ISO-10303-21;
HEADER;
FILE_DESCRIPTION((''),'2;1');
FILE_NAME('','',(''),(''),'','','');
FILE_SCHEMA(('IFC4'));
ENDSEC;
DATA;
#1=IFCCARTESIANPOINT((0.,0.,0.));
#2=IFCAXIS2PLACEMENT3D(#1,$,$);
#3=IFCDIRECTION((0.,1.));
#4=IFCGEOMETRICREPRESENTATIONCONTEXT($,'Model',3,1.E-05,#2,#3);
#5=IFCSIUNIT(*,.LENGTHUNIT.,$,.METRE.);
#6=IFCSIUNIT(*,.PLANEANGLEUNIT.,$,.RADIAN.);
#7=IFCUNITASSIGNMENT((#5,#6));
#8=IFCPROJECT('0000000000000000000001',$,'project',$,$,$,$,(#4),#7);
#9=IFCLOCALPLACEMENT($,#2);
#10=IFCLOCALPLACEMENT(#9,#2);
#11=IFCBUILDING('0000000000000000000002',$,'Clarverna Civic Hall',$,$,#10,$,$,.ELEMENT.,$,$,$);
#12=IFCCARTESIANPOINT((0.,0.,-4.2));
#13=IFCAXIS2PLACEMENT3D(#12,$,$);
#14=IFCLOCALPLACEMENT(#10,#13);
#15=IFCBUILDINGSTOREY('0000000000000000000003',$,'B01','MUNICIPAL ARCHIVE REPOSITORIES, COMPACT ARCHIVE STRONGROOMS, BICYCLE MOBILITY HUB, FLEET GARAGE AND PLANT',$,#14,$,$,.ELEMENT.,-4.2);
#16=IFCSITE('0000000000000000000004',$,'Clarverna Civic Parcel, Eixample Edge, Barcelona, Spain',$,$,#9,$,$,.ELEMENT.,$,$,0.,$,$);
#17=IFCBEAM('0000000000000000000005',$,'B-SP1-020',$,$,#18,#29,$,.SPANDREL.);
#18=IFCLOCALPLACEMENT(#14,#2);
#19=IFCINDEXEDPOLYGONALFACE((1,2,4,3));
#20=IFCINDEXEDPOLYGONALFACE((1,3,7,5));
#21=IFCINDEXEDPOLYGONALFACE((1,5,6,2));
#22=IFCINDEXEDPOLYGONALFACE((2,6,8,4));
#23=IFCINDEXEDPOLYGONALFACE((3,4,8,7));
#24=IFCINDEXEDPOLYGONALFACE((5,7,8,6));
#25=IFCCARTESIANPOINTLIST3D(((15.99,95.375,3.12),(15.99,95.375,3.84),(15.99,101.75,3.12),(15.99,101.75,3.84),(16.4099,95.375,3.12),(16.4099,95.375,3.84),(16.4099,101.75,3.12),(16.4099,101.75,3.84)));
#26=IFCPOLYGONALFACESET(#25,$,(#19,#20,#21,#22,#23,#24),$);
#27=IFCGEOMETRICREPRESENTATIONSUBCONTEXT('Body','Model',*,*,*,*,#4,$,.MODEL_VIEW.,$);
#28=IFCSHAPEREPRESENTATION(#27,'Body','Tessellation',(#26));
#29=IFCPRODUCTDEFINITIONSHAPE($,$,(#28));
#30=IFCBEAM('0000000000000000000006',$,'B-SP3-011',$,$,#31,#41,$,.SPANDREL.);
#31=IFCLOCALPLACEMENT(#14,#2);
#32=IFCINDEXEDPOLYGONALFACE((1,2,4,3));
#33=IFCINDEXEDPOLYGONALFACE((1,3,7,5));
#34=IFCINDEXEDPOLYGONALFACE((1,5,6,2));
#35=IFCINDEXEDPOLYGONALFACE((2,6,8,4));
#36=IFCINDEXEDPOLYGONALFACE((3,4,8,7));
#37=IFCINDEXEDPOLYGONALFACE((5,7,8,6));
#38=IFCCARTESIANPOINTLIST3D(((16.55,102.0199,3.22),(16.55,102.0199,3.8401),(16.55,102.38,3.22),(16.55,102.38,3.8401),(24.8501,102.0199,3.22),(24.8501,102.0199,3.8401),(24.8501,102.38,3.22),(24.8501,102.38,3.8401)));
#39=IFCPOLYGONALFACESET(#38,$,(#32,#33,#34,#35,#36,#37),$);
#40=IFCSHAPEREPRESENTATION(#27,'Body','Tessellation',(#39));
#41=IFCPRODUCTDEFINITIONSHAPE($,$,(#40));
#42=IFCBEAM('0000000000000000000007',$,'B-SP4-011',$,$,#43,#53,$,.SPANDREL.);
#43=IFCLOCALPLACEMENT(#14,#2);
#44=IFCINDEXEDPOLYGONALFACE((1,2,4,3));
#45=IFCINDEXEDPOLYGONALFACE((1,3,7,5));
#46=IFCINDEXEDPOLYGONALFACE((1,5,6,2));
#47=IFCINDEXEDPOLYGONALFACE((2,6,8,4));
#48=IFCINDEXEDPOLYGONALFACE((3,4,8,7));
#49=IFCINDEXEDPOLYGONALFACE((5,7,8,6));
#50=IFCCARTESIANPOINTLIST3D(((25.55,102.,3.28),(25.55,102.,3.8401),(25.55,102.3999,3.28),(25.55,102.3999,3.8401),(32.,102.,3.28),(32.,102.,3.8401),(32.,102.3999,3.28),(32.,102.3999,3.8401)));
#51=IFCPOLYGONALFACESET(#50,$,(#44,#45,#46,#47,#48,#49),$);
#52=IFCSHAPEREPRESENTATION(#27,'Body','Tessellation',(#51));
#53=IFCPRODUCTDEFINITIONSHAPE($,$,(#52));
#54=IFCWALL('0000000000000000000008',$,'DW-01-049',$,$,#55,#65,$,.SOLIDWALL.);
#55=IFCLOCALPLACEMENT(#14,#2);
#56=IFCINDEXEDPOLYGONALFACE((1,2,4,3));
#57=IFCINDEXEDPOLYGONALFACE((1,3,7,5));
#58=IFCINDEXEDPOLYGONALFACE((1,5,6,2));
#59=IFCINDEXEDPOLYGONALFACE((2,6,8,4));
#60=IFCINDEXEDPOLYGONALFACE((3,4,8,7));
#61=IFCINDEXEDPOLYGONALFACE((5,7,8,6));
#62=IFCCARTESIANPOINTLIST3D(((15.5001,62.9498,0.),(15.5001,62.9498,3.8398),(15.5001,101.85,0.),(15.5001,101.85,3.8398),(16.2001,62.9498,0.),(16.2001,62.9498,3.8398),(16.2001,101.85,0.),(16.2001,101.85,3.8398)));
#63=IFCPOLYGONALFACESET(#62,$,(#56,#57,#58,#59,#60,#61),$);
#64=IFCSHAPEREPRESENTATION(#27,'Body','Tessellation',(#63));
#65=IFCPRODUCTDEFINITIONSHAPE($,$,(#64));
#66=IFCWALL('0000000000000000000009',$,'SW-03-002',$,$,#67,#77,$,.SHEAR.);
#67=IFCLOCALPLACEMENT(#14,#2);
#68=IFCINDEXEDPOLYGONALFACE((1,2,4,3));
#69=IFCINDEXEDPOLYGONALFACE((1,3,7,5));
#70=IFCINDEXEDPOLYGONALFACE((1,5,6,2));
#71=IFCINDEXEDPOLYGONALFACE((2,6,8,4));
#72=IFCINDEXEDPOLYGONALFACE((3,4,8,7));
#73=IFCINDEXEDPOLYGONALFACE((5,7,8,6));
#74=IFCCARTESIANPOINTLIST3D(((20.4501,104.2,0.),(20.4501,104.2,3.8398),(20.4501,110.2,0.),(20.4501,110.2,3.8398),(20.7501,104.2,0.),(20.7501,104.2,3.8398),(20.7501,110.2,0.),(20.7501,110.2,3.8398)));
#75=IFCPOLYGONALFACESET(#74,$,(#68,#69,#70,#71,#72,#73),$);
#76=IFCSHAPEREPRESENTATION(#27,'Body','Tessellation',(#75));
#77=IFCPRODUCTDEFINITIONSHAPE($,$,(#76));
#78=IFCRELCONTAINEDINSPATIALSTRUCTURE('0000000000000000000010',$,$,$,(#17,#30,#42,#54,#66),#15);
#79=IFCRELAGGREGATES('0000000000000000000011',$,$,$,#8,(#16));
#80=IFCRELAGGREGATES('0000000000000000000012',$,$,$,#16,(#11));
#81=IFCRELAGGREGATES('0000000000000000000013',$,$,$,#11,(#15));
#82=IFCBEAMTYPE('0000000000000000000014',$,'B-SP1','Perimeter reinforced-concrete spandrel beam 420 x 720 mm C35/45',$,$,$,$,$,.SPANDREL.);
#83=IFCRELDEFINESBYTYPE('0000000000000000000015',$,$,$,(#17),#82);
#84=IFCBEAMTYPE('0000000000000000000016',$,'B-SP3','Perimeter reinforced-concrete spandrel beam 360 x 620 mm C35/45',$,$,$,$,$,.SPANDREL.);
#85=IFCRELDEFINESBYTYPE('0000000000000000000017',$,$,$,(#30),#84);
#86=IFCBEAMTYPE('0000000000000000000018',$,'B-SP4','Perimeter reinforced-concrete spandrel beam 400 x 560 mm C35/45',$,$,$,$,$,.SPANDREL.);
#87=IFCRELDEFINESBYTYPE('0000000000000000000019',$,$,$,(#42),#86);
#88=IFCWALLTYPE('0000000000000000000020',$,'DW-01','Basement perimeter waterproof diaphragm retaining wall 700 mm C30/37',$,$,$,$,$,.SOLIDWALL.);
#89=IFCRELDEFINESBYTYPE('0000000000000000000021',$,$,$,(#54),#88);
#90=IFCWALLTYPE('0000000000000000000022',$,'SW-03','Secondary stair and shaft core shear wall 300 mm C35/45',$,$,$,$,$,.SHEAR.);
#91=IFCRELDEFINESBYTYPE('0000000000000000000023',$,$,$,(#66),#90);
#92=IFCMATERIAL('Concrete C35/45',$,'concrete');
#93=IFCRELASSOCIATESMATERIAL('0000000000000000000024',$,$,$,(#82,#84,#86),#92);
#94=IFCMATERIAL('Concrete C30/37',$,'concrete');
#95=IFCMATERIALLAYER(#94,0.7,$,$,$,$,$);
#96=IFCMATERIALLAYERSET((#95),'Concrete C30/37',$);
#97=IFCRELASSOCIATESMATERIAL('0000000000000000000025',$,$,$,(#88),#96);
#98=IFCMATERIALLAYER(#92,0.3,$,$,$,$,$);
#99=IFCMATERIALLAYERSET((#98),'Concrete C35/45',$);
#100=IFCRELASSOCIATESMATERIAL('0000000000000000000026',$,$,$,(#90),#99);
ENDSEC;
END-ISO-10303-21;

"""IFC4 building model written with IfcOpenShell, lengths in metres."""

from ifc_helpers import new_model, si_unit, direction, frame, frame_2d, origin, origin_2d, place, context, subcontext, project, spatial, rectangle, extrude, material, layer, layer_set, material_profile, profile_set, type_object, element, save


model = new_model("IFC4")

# Units and contexts
model_context = context("Model", 3, precision=1e-05, world=origin(), true_north=direction((0.0, 1.0)))
body_context = subcontext(model_context, "Body", "Model", "MODEL_VIEW")
ifc_project = project(units=[si_unit("LENGTHUNIT", "METRE"), si_unit("PLANEANGLEUNIT", "RADIAN")], contexts=[model_context])

# Site, building, storey
site_placement = place(None, origin())
site = spatial("IfcSite", under=ifc_project, at=site_placement, Name="Clarverna Civic Parcel, Eixample Edge, Barcelona, Spain", CompositionType="ELEMENT", RefElevation=0.0)
building_placement = place(site_placement, origin())
building = spatial("IfcBuilding", under=site, at=building_placement, Name="Clarverna Civic Hall", CompositionType="ELEMENT")
storey_placement = place(building_placement, frame((0.0, 0.0, -4.2)))
storey = spatial("IfcBuildingStorey", under=building, at=storey_placement, Name="B01", Description="MUNICIPAL ARCHIVE REPOSITORIES, COMPACT ARCHIVE STRONGROOMS, BICYCLE MOBILITY HUB, FLEET GARAGE AND PLANT", CompositionType="ELEMENT", Elevation=-4.2)

# Shared definitions
ifc_material_1 = material(Name="Concrete C30/37", Category="concrete")

# Beams
ifc_material_2 = material(Name="Concrete C35/45", Category="concrete")
ifc_material_profile_1 = material_profile(ifc_material_2, rectangle(XDim=0.4199, YDim=0.72, at=origin_2d()), Name="RC 420x720")
ifc_profile_set_1 = profile_set([ifc_material_profile_1], Name="Concrete C35/45")
beam_type_1 = type_object("IfcBeamType", Name="B-SP1", Description="Perimeter reinforced-concrete spandrel beam 420 x 720 mm C35/45", PredefinedType="SPANDREL", material=ifc_profile_set_1)
beam_1_placement = place(storey_placement, frame((16.2, 95.375, 3.48), z_axis=(0.0, 1.0, 0.0), x_axis=(-1.0, 0.0, 0.0)))
element("IfcBeam", 1, at=beam_1_placement, inside=storey, type_object=beam_type_1, Name="B-SP1-020", PredefinedType="SPANDREL", context=body_context, shape_type="SweptSolid", body=[
    extrude(rectangle(XDim=0.4199, YDim=0.72, at=origin_2d()), origin(), (0.0, 0.0, 1.0), 6.375),
])
ifc_material_profile_2 = material_profile(ifc_material_2, rectangle(XDim=0.3601, YDim=0.6201, at=origin_2d()), Name="RC 360x620")
ifc_profile_set_2 = profile_set([ifc_material_profile_2], Name="Concrete C35/45")
beam_type_2 = type_object("IfcBeamType", Name="B-SP3", Description="Perimeter reinforced-concrete spandrel beam 360 x 620 mm C35/45", PredefinedType="SPANDREL", material=ifc_profile_set_2)
beam_2_placement = place(storey_placement, frame((16.55, 102.2, 3.53), z_axis=(1.0, 0.0, 0.0), x_axis=(0.0, 1.0, 0.0)))
element("IfcBeam", 2, at=beam_2_placement, inside=storey, type_object=beam_type_2, Name="B-SP3-011", PredefinedType="SPANDREL", context=body_context, shape_type="SweptSolid", body=[
    extrude(rectangle(XDim=0.3601, YDim=0.6201, at=origin_2d()), origin(), (0.0, 0.0, 1.0), 8.3),
])
ifc_material_profile_3 = material_profile(ifc_material_2, rectangle(XDim=0.3999, YDim=0.5601, at=origin_2d()), Name="RC 400x560")
ifc_profile_set_3 = profile_set([ifc_material_profile_3], Name="Concrete C35/45")
beam_type_3 = type_object("IfcBeamType", Name="B-SP4", Description="Perimeter reinforced-concrete spandrel beam 400 x 560 mm C35/45", PredefinedType="SPANDREL", material=ifc_profile_set_3)
beam_3_placement = place(storey_placement, frame((25.55, 102.2, 3.5601), z_axis=(1.0, 0.0, 0.0), x_axis=(0.0, 1.0, 0.0)))
element("IfcBeam", 3, at=beam_3_placement, inside=storey, type_object=beam_type_3, Name="B-SP4-011", PredefinedType="SPANDREL", context=body_context, shape_type="SweptSolid", body=[
    extrude(rectangle(XDim=0.3999, YDim=0.5601, at=origin_2d()), origin(), (0.0, 0.0, 1.0), 6.45),
])

# Walls
ifc_layer_1 = layer(ifc_material_1, 0.7)
ifc_layer_set_1 = layer_set([ifc_layer_1], Name="Concrete C30/37")
wall_type_1 = type_object("IfcWallType", Name="DW-01", Description="Basement perimeter waterproof diaphragm retaining wall 700 mm C30/37", PredefinedType="SOLIDWALL", material=ifc_layer_set_1)
wall_1_placement = place(storey_placement, frame((15.8501, 101.8501, 0.0), z_axis=(0.0, 0.0, 1.0), x_axis=(0.0, -1.0, 0.0)))
element("IfcWall", 4, at=wall_1_placement, inside=storey, type_object=wall_type_1, Name="DW-01-049", PredefinedType="SOLIDWALL", context=body_context, shape_type="SweptSolid", body=[
    extrude(rectangle(XDim=38.9001, YDim=0.7, at=frame_2d((19.4502, 0.0))), origin(), (0.0, 0.0, 1.0), 3.8398),
])
ifc_layer_2 = layer(ifc_material_2, 0.3)
ifc_layer_set_2 = layer_set([ifc_layer_2], Name="Concrete C35/45")
wall_type_2 = type_object("IfcWallType", Name="SW-03", Description="Secondary stair and shaft core shear wall 300 mm C35/45", PredefinedType="SHEAR", material=ifc_layer_set_2)
wall_2_placement = place(storey_placement, frame((20.6001, 104.2, 0.0), z_axis=(0.0, 0.0, 1.0), x_axis=(0.0, 1.0, 0.0)))
element("IfcWall", 5, at=wall_2_placement, inside=storey, type_object=wall_type_2, Name="SW-03-002", PredefinedType="SHEAR", context=body_context, shape_type="SweptSolid", body=[
    extrude(rectangle(XDim=6.0, YDim=0.3, at=frame_2d((3.0, 0.0))), origin(), (0.0, 0.0, 1.0), 3.8398),
])

save(model, "model.ifc")
